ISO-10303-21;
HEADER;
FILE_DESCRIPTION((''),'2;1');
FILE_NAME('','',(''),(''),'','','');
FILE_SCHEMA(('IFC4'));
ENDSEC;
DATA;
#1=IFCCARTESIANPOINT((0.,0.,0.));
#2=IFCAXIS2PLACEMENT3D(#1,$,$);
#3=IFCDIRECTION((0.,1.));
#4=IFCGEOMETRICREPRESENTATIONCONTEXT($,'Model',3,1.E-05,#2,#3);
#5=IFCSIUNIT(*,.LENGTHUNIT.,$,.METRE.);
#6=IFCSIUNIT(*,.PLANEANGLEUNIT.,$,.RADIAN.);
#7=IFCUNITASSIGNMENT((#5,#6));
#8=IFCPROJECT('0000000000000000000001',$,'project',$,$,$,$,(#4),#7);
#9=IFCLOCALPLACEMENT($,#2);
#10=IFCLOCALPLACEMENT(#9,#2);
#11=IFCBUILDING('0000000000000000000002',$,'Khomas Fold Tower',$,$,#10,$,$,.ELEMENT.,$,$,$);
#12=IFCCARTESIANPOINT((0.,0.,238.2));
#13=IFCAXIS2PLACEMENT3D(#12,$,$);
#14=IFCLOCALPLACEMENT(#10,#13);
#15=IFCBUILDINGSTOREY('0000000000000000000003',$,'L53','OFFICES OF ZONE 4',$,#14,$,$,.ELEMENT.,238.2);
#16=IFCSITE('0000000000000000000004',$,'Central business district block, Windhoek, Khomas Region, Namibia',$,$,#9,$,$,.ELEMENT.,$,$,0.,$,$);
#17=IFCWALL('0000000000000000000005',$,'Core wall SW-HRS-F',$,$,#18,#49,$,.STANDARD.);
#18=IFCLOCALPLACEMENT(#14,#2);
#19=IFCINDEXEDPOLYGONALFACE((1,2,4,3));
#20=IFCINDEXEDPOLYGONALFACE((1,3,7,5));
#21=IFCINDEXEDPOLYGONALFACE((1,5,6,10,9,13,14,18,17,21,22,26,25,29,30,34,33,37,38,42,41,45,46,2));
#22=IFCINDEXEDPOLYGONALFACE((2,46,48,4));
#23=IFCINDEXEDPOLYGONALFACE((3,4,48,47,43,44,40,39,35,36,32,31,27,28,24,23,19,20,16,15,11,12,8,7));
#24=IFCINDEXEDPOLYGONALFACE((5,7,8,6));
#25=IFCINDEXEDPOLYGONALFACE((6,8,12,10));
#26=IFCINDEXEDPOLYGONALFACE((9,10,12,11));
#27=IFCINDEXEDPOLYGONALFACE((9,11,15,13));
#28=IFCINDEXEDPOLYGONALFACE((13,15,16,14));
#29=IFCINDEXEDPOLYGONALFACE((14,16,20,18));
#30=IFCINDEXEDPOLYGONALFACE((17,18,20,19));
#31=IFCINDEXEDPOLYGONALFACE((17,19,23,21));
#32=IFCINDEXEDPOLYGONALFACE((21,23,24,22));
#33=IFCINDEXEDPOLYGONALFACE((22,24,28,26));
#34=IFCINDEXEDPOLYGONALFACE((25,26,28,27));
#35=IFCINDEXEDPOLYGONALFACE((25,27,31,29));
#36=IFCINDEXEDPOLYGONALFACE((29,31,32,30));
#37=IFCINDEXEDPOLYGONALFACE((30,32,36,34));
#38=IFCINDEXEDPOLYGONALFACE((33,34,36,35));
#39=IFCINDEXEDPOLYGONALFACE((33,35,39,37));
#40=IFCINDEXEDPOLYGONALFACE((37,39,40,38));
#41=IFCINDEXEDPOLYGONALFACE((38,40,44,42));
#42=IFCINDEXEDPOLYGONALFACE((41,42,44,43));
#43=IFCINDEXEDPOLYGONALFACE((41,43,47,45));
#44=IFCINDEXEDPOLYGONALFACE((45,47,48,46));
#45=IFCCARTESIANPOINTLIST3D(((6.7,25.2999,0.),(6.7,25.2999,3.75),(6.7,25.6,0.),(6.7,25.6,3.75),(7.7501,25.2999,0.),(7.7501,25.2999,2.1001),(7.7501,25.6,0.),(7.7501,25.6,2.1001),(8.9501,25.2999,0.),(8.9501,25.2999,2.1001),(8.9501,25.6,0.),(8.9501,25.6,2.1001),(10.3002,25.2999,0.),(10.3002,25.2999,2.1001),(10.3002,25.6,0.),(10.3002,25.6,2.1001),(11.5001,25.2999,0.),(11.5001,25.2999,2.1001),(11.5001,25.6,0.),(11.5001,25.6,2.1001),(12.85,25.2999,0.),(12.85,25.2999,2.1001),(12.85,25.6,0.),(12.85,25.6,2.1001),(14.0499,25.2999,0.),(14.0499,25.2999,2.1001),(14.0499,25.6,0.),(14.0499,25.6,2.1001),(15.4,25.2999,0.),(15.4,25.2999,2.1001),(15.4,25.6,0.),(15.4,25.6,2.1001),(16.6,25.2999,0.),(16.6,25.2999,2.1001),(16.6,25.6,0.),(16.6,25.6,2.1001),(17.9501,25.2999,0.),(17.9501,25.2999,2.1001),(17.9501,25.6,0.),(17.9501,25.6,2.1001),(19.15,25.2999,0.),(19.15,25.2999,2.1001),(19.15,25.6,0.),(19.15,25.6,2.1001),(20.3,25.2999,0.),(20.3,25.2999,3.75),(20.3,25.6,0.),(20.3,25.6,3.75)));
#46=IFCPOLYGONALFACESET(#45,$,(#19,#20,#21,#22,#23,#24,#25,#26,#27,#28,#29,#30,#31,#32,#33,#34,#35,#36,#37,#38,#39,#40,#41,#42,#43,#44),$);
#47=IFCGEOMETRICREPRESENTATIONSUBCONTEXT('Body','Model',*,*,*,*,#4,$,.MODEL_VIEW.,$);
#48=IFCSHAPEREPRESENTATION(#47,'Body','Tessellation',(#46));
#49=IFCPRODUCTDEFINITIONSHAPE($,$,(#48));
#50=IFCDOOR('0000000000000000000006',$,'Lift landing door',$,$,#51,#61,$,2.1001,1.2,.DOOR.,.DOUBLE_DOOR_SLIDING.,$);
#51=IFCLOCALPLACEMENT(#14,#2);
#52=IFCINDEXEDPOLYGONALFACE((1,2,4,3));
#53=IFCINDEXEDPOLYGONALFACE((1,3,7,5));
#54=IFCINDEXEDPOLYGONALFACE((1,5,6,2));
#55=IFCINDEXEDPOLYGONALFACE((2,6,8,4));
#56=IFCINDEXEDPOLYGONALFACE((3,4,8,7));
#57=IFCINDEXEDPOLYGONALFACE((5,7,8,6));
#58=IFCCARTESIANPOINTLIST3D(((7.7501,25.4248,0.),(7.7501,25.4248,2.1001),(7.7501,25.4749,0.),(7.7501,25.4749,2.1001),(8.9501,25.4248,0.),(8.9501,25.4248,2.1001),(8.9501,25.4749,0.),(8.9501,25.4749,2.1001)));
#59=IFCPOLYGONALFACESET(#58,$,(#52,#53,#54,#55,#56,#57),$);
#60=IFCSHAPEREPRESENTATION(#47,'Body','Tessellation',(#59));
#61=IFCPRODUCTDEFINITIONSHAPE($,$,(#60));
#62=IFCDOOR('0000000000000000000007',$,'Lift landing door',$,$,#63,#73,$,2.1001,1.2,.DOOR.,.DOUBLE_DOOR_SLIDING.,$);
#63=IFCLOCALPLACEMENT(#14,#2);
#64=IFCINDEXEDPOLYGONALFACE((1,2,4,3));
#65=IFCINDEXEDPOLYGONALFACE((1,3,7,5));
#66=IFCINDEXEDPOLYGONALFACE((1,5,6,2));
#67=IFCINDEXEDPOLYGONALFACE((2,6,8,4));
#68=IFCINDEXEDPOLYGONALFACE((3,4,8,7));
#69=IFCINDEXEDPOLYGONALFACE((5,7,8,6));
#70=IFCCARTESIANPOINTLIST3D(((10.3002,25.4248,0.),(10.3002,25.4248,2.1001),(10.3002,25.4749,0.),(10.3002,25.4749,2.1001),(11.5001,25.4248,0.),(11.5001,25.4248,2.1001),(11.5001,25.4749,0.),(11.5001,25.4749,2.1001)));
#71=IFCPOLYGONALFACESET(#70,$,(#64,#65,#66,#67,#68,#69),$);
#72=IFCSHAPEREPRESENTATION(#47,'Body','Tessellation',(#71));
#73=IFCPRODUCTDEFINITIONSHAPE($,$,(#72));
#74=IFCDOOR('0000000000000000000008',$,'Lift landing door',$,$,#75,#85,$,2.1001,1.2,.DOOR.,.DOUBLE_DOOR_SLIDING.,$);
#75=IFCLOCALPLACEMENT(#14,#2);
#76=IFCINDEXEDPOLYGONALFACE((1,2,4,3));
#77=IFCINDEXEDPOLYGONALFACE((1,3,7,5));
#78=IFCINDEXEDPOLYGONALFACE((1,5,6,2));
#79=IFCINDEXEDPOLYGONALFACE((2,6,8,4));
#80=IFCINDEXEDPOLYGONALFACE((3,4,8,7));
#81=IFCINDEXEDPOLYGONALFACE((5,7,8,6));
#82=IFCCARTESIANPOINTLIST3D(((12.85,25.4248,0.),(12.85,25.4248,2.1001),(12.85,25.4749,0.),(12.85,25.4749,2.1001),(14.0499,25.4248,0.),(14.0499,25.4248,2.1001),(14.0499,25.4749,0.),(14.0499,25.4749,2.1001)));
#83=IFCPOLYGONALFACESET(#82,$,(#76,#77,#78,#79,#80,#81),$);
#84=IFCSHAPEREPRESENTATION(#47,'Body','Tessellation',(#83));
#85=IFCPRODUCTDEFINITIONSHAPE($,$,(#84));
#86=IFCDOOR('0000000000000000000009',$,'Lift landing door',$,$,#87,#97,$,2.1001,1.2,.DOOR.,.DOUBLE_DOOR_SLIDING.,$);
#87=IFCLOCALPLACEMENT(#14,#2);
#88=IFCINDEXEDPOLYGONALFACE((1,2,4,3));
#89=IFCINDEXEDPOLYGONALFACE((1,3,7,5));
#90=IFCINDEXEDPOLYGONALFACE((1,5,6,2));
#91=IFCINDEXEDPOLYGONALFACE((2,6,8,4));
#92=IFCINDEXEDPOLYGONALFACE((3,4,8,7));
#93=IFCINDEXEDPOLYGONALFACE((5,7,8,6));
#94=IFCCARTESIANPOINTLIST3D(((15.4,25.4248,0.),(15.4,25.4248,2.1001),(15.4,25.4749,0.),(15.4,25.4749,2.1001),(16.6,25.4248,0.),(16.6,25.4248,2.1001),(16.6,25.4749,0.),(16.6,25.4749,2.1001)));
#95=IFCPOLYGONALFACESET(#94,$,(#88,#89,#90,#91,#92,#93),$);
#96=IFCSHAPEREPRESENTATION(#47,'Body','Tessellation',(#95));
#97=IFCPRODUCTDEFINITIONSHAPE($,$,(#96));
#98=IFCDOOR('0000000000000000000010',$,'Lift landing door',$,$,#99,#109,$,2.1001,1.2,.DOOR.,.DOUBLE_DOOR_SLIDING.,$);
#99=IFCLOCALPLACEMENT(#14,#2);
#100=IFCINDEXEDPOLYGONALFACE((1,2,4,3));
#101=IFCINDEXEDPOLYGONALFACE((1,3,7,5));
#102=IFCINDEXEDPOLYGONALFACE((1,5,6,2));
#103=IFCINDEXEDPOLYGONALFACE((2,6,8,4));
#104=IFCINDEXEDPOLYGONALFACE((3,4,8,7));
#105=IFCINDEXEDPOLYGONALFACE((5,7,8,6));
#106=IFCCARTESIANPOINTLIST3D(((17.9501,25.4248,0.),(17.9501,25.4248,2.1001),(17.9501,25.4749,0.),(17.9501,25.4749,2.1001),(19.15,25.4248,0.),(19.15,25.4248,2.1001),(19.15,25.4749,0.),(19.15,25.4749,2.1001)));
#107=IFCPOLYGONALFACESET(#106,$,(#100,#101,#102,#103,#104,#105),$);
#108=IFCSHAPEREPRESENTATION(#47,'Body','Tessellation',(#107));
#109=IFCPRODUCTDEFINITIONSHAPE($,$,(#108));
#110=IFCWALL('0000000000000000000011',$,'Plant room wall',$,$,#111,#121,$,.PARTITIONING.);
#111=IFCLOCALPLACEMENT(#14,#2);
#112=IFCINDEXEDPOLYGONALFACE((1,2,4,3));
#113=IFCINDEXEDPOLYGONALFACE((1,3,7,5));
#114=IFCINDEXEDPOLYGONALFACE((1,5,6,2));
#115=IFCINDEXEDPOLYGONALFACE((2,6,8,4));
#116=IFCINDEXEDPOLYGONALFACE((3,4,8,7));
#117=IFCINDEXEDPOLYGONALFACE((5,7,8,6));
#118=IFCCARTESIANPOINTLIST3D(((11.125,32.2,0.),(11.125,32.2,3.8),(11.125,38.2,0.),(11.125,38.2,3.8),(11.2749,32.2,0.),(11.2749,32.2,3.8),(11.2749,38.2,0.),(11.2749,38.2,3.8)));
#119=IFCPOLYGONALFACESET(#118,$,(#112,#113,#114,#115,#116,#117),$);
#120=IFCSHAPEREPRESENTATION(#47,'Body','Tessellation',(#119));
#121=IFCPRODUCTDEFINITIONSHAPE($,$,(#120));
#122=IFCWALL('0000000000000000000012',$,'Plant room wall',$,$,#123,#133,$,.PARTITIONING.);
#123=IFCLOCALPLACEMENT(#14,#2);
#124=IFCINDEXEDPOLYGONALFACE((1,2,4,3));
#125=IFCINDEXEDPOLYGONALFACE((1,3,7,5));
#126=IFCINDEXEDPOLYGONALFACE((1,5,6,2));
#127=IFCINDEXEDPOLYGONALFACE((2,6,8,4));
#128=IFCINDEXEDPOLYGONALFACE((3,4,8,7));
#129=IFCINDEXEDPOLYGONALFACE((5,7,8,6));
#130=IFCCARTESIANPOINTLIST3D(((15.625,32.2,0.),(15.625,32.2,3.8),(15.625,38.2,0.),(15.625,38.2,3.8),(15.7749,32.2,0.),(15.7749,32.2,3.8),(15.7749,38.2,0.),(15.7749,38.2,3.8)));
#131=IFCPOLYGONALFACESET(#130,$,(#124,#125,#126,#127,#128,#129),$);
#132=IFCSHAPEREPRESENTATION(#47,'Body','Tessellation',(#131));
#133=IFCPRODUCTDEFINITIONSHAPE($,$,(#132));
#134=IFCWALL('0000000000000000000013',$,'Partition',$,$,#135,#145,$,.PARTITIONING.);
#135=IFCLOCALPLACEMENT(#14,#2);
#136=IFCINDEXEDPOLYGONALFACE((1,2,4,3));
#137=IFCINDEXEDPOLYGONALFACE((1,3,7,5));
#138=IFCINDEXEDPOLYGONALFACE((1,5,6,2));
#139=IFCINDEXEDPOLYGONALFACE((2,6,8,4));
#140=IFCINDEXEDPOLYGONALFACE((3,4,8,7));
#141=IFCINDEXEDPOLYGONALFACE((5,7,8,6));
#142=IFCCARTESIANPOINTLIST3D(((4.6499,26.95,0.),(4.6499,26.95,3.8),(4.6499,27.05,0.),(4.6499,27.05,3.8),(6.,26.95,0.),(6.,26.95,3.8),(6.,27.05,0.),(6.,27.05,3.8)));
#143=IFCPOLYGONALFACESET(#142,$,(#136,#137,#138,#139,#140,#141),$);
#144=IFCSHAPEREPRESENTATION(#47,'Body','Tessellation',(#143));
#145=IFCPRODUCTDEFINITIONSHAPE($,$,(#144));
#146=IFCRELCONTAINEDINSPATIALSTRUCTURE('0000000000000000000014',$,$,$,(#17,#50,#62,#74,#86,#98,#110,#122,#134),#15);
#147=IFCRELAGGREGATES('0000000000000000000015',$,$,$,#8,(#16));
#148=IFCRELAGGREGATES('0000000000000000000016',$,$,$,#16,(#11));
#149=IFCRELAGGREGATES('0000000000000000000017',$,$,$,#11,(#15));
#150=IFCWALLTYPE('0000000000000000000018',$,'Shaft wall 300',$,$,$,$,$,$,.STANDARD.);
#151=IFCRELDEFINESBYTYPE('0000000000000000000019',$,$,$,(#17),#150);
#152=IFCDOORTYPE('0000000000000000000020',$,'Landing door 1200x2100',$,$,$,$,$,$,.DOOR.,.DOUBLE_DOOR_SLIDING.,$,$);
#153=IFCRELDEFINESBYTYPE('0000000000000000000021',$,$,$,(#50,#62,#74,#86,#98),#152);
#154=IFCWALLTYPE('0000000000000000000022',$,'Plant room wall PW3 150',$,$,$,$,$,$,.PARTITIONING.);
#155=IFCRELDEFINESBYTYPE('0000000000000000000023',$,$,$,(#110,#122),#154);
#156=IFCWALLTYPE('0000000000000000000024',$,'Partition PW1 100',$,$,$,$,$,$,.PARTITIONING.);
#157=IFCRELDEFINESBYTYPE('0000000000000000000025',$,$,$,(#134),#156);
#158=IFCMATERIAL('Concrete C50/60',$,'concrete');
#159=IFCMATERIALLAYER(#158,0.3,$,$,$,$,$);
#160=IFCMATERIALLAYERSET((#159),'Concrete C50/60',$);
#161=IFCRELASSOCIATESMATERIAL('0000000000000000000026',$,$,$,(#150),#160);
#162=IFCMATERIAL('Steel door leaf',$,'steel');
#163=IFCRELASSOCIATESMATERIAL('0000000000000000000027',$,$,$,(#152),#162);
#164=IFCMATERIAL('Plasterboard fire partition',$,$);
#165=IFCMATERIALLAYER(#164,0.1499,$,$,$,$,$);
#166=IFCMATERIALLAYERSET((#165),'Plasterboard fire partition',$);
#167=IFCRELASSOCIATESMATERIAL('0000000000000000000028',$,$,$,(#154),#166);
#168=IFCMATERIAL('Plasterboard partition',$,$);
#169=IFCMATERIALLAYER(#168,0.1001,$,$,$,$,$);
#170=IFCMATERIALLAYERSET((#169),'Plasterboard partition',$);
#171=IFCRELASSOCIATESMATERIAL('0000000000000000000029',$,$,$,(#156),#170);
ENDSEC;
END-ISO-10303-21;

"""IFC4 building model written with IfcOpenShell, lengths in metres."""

from ifc_helpers import new_model, si_unit, direction, frame, frame_2d, origin, place, context, subcontext, project, spatial, rectangle, extrude, source, transform, mapped, material, layer, layer_set, type_object, element, fill, save


model = new_model("IFC4")

# Units and contexts
model_context = context("Model", 3, precision=1e-05, world=origin(), true_north=direction((0.0, 1.0)))
body_context = subcontext(model_context, "Body", "Model", "MODEL_VIEW")
ifc_project = project(units=[si_unit("LENGTHUNIT", "METRE"), si_unit("PLANEANGLEUNIT", "RADIAN")], contexts=[model_context])

# Site, building, storey
site_placement = place(None, origin())
site = spatial("IfcSite", under=ifc_project, at=site_placement, Name="Central business district block, Windhoek, Khomas Region, Namibia", CompositionType="ELEMENT", RefElevation=0.0)
building_placement = place(site_placement, origin())
building = spatial("IfcBuilding", under=site, at=building_placement, Name="Khomas Fold Tower", CompositionType="ELEMENT")
storey_placement = place(building_placement, frame((0.0, 0.0, 238.2)))
storey = spatial("IfcBuildingStorey", under=building, at=storey_placement, Name="L53", Description="OFFICES OF ZONE 4", CompositionType="ELEMENT", Elevation=238.2)

# Shared definitions
ifc_material_1 = material(Name="Concrete C50/60", Category="concrete")
ifc_layer_1 = layer(ifc_material_1, 0.3)
ifc_layer_set_1 = layer_set([ifc_layer_1], Name="Concrete C50/60")
wall_type_1 = type_object("IfcWallType", Name="Shaft wall 300", PredefinedType="STANDARD", material=ifc_layer_set_1)
shared_shape_1 = source(origin(), body_context, "Body", "SweptSolid", [
    extrude(rectangle(XDim=13.6001, YDim=0.3, at=frame_2d((6.8, 0.0))), origin(), (0.0, 0.0, 1.0), 3.75),
])

# Wall, openings, doors
shared_shape_2 = source(origin(), body_context, "Body", "SweptSolid", [
    extrude(rectangle(XDim=1.2, YDim=2.1001, at=frame_2d((0.6001, 1.05))), frame((0.0, 0.1599, 0.0), z_axis=(0.0, -1.0, 0.0), x_axis=(1.0, 0.0, 0.0)), (0.0, 0.0, 1.0), 0.3201),
])
ifc_material_2 = material(Name="Steel door leaf", Category="steel")
door_type = type_object("IfcDoorType", Name="Landing door 1200x2100", OperationType="DOUBLE_DOOR_SLIDING", PredefinedType="DOOR", material=ifc_material_2)
shared_shape_3 = source(origin(), body_context, "Body", "SweptSolid", [
    extrude(rectangle(XDim=1.2, YDim=2.1001, at=frame_2d((0.6001, 1.05))), frame((0.0, 0.0249, 0.0), z_axis=(0.0, -1.0, 0.0), x_axis=(1.0, 0.0, 0.0)), (0.0, 0.0, 1.0), 0.05),
])
wall_1_placement = place(storey_placement, frame((6.7, 25.45, 0.0), z_axis=(0.0, 0.0, 1.0), x_axis=(1.0, 0.0, 0.0)))
wall_1 = element("IfcWall", 1, at=wall_1_placement, inside=storey, type_object=wall_type_1, Name="Core wall SW-HRS-F", PredefinedType="STANDARD", context=body_context, shape_type="MappedRepresentation", body=[
    mapped(shared_shape_1, transform((0.0, 0.0, 0.0))),
])
opening_1_placement = place(wall_1_placement, frame((1.05, 0.0, 0.0)))
opening_1 = element("IfcOpeningElement", 2, at=opening_1_placement, cuts=wall_1, PredefinedType="OPENING", context=body_context, shape_type="MappedRepresentation", body=[
    mapped(shared_shape_2, transform((0.0, 0.0, 0.0))),
])
opening_2_placement = place(wall_1_placement, frame((3.6001, 0.0, 0.0)))
opening_2 = element("IfcOpeningElement", 3, at=opening_2_placement, cuts=wall_1, PredefinedType="OPENING", context=body_context, shape_type="MappedRepresentation", body=[
    mapped(shared_shape_2, transform((0.0, 0.0, 0.0))),
])
opening_3_placement = place(wall_1_placement, frame((6.1499, 0.0, 0.0)))
opening_3 = element("IfcOpeningElement", 4, at=opening_3_placement, cuts=wall_1, PredefinedType="OPENING", context=body_context, shape_type="MappedRepresentation", body=[
    mapped(shared_shape_2, transform((0.0, 0.0, 0.0))),
])
opening_4_placement = place(wall_1_placement, frame((8.7, 0.0, 0.0)))
opening_4 = element("IfcOpeningElement", 5, at=opening_4_placement, cuts=wall_1, PredefinedType="OPENING", context=body_context, shape_type="MappedRepresentation", body=[
    mapped(shared_shape_2, transform((0.0, 0.0, 0.0))),
])
opening_5_placement = place(wall_1_placement, frame((11.25, 0.0, 0.0)))
opening_5 = element("IfcOpeningElement", 6, at=opening_5_placement, cuts=wall_1, PredefinedType="OPENING", context=body_context, shape_type="MappedRepresentation", body=[
    mapped(shared_shape_2, transform((0.0, 0.0, 0.0))),
])
door_1_placement = place(opening_1_placement, origin())
door_1 = element("IfcDoor", 7, at=door_1_placement, inside=storey, type_object=door_type, Name="Lift landing door", OperationType="DOUBLE_DOOR_SLIDING", OverallHeight=2.1001, OverallWidth=1.2, PredefinedType="DOOR", context=body_context, shape_type="MappedRepresentation", body=[
    mapped(shared_shape_3, transform((0.0, 0.0, 0.0))),
])
fill(opening_1, door_1)
door_2_placement = place(opening_2_placement, origin())
door_2 = element("IfcDoor", 8, at=door_2_placement, inside=storey, type_object=door_type, Name="Lift landing door", OperationType="DOUBLE_DOOR_SLIDING", OverallHeight=2.1001, OverallWidth=1.2, PredefinedType="DOOR", context=body_context, shape_type="MappedRepresentation", body=[
    mapped(shared_shape_3, transform((0.0, 0.0, 0.0))),
])
fill(opening_2, door_2)
door_3_placement = place(opening_3_placement, origin())
door_3 = element("IfcDoor", 9, at=door_3_placement, inside=storey, type_object=door_type, Name="Lift landing door", OperationType="DOUBLE_DOOR_SLIDING", OverallHeight=2.1001, OverallWidth=1.2, PredefinedType="DOOR", context=body_context, shape_type="MappedRepresentation", body=[
    mapped(shared_shape_3, transform((0.0, 0.0, 0.0))),
])
fill(opening_3, door_3)
door_4_placement = place(opening_4_placement, origin())
door_4 = element("IfcDoor", 10, at=door_4_placement, inside=storey, type_object=door_type, Name="Lift landing door", OperationType="DOUBLE_DOOR_SLIDING", OverallHeight=2.1001, OverallWidth=1.2, PredefinedType="DOOR", context=body_context, shape_type="MappedRepresentation", body=[
    mapped(shared_shape_3, transform((0.0, 0.0, 0.0))),
])
fill(opening_4, door_4)
door_5_placement = place(opening_5_placement, origin())
door_5 = element("IfcDoor", 11, at=door_5_placement, inside=storey, type_object=door_type, Name="Lift landing door", OperationType="DOUBLE_DOOR_SLIDING", OverallHeight=2.1001, OverallWidth=1.2, PredefinedType="DOOR", context=body_context, shape_type="MappedRepresentation", body=[
    mapped(shared_shape_3, transform((0.0, 0.0, 0.0))),
])
fill(opening_5, door_5)

# Walls
ifc_material_3 = material(Name="Plasterboard fire partition")
ifc_layer_2 = layer(ifc_material_3, 0.1499)
ifc_layer_set_2 = layer_set([ifc_layer_2], Name="Plasterboard fire partition")
wall_type_2 = type_object("IfcWallType", Name="Plant room wall PW3 150", PredefinedType="PARTITIONING", material=ifc_layer_set_2)
shared_shape_4 = source(origin(), body_context, "Body", "SweptSolid", [
    extrude(rectangle(XDim=6.0, YDim=0.1499, at=frame_2d((3.0, 0.0))), origin(), (0.0, 0.0, 1.0), 3.8),
])
for number, where, z_axis, x_axis, name in (
    (12, (11.2, 32.2, 0.0), (0.0, 0.0, 1.0), (0.0, 1.0, 0.0), "Plant room wall"),
    (13, (15.7, 32.2, 0.0), (0.0, 0.0, 1.0), (0.0, 1.0, 0.0), "Plant room wall"),
):
    element("IfcWall", number, at=place(storey_placement, frame(where, z_axis=z_axis, x_axis=x_axis)), inside=storey, type_object=wall_type_2, Name=name, PredefinedType="PARTITIONING", context=body_context, shape_type="MappedRepresentation", body=[
        mapped(shared_shape_4, transform((0.0, 0.0, 0.0))),
    ])
ifc_material_4 = material(Name="Plasterboard partition")
ifc_layer_3 = layer(ifc_material_4, 0.1001)
ifc_layer_set_3 = layer_set([ifc_layer_3], Name="Plasterboard partition")
wall_type_3 = type_object("IfcWallType", Name="Partition PW1 100", PredefinedType="PARTITIONING", material=ifc_layer_set_3)
shared_shape_5 = source(origin(), body_context, "Body", "SweptSolid", [
    extrude(rectangle(XDim=1.3501, YDim=0.1001, at=frame_2d((0.675, 0.0))), origin(), (0.0, 0.0, 1.0), 3.8),
])
wall_2_placement = place(storey_placement, frame((4.6499, 27.0, 0.0), z_axis=(0.0, 0.0, 1.0), x_axis=(1.0, 0.0, 0.0)))
element("IfcWall", 14, at=wall_2_placement, inside=storey, type_object=wall_type_3, Name="Partition", PredefinedType="PARTITIONING", context=body_context, shape_type="MappedRepresentation", body=[
    mapped(shared_shape_5, transform((0.0, 0.0, 0.0))),
])

save(model, "model.ifc")
